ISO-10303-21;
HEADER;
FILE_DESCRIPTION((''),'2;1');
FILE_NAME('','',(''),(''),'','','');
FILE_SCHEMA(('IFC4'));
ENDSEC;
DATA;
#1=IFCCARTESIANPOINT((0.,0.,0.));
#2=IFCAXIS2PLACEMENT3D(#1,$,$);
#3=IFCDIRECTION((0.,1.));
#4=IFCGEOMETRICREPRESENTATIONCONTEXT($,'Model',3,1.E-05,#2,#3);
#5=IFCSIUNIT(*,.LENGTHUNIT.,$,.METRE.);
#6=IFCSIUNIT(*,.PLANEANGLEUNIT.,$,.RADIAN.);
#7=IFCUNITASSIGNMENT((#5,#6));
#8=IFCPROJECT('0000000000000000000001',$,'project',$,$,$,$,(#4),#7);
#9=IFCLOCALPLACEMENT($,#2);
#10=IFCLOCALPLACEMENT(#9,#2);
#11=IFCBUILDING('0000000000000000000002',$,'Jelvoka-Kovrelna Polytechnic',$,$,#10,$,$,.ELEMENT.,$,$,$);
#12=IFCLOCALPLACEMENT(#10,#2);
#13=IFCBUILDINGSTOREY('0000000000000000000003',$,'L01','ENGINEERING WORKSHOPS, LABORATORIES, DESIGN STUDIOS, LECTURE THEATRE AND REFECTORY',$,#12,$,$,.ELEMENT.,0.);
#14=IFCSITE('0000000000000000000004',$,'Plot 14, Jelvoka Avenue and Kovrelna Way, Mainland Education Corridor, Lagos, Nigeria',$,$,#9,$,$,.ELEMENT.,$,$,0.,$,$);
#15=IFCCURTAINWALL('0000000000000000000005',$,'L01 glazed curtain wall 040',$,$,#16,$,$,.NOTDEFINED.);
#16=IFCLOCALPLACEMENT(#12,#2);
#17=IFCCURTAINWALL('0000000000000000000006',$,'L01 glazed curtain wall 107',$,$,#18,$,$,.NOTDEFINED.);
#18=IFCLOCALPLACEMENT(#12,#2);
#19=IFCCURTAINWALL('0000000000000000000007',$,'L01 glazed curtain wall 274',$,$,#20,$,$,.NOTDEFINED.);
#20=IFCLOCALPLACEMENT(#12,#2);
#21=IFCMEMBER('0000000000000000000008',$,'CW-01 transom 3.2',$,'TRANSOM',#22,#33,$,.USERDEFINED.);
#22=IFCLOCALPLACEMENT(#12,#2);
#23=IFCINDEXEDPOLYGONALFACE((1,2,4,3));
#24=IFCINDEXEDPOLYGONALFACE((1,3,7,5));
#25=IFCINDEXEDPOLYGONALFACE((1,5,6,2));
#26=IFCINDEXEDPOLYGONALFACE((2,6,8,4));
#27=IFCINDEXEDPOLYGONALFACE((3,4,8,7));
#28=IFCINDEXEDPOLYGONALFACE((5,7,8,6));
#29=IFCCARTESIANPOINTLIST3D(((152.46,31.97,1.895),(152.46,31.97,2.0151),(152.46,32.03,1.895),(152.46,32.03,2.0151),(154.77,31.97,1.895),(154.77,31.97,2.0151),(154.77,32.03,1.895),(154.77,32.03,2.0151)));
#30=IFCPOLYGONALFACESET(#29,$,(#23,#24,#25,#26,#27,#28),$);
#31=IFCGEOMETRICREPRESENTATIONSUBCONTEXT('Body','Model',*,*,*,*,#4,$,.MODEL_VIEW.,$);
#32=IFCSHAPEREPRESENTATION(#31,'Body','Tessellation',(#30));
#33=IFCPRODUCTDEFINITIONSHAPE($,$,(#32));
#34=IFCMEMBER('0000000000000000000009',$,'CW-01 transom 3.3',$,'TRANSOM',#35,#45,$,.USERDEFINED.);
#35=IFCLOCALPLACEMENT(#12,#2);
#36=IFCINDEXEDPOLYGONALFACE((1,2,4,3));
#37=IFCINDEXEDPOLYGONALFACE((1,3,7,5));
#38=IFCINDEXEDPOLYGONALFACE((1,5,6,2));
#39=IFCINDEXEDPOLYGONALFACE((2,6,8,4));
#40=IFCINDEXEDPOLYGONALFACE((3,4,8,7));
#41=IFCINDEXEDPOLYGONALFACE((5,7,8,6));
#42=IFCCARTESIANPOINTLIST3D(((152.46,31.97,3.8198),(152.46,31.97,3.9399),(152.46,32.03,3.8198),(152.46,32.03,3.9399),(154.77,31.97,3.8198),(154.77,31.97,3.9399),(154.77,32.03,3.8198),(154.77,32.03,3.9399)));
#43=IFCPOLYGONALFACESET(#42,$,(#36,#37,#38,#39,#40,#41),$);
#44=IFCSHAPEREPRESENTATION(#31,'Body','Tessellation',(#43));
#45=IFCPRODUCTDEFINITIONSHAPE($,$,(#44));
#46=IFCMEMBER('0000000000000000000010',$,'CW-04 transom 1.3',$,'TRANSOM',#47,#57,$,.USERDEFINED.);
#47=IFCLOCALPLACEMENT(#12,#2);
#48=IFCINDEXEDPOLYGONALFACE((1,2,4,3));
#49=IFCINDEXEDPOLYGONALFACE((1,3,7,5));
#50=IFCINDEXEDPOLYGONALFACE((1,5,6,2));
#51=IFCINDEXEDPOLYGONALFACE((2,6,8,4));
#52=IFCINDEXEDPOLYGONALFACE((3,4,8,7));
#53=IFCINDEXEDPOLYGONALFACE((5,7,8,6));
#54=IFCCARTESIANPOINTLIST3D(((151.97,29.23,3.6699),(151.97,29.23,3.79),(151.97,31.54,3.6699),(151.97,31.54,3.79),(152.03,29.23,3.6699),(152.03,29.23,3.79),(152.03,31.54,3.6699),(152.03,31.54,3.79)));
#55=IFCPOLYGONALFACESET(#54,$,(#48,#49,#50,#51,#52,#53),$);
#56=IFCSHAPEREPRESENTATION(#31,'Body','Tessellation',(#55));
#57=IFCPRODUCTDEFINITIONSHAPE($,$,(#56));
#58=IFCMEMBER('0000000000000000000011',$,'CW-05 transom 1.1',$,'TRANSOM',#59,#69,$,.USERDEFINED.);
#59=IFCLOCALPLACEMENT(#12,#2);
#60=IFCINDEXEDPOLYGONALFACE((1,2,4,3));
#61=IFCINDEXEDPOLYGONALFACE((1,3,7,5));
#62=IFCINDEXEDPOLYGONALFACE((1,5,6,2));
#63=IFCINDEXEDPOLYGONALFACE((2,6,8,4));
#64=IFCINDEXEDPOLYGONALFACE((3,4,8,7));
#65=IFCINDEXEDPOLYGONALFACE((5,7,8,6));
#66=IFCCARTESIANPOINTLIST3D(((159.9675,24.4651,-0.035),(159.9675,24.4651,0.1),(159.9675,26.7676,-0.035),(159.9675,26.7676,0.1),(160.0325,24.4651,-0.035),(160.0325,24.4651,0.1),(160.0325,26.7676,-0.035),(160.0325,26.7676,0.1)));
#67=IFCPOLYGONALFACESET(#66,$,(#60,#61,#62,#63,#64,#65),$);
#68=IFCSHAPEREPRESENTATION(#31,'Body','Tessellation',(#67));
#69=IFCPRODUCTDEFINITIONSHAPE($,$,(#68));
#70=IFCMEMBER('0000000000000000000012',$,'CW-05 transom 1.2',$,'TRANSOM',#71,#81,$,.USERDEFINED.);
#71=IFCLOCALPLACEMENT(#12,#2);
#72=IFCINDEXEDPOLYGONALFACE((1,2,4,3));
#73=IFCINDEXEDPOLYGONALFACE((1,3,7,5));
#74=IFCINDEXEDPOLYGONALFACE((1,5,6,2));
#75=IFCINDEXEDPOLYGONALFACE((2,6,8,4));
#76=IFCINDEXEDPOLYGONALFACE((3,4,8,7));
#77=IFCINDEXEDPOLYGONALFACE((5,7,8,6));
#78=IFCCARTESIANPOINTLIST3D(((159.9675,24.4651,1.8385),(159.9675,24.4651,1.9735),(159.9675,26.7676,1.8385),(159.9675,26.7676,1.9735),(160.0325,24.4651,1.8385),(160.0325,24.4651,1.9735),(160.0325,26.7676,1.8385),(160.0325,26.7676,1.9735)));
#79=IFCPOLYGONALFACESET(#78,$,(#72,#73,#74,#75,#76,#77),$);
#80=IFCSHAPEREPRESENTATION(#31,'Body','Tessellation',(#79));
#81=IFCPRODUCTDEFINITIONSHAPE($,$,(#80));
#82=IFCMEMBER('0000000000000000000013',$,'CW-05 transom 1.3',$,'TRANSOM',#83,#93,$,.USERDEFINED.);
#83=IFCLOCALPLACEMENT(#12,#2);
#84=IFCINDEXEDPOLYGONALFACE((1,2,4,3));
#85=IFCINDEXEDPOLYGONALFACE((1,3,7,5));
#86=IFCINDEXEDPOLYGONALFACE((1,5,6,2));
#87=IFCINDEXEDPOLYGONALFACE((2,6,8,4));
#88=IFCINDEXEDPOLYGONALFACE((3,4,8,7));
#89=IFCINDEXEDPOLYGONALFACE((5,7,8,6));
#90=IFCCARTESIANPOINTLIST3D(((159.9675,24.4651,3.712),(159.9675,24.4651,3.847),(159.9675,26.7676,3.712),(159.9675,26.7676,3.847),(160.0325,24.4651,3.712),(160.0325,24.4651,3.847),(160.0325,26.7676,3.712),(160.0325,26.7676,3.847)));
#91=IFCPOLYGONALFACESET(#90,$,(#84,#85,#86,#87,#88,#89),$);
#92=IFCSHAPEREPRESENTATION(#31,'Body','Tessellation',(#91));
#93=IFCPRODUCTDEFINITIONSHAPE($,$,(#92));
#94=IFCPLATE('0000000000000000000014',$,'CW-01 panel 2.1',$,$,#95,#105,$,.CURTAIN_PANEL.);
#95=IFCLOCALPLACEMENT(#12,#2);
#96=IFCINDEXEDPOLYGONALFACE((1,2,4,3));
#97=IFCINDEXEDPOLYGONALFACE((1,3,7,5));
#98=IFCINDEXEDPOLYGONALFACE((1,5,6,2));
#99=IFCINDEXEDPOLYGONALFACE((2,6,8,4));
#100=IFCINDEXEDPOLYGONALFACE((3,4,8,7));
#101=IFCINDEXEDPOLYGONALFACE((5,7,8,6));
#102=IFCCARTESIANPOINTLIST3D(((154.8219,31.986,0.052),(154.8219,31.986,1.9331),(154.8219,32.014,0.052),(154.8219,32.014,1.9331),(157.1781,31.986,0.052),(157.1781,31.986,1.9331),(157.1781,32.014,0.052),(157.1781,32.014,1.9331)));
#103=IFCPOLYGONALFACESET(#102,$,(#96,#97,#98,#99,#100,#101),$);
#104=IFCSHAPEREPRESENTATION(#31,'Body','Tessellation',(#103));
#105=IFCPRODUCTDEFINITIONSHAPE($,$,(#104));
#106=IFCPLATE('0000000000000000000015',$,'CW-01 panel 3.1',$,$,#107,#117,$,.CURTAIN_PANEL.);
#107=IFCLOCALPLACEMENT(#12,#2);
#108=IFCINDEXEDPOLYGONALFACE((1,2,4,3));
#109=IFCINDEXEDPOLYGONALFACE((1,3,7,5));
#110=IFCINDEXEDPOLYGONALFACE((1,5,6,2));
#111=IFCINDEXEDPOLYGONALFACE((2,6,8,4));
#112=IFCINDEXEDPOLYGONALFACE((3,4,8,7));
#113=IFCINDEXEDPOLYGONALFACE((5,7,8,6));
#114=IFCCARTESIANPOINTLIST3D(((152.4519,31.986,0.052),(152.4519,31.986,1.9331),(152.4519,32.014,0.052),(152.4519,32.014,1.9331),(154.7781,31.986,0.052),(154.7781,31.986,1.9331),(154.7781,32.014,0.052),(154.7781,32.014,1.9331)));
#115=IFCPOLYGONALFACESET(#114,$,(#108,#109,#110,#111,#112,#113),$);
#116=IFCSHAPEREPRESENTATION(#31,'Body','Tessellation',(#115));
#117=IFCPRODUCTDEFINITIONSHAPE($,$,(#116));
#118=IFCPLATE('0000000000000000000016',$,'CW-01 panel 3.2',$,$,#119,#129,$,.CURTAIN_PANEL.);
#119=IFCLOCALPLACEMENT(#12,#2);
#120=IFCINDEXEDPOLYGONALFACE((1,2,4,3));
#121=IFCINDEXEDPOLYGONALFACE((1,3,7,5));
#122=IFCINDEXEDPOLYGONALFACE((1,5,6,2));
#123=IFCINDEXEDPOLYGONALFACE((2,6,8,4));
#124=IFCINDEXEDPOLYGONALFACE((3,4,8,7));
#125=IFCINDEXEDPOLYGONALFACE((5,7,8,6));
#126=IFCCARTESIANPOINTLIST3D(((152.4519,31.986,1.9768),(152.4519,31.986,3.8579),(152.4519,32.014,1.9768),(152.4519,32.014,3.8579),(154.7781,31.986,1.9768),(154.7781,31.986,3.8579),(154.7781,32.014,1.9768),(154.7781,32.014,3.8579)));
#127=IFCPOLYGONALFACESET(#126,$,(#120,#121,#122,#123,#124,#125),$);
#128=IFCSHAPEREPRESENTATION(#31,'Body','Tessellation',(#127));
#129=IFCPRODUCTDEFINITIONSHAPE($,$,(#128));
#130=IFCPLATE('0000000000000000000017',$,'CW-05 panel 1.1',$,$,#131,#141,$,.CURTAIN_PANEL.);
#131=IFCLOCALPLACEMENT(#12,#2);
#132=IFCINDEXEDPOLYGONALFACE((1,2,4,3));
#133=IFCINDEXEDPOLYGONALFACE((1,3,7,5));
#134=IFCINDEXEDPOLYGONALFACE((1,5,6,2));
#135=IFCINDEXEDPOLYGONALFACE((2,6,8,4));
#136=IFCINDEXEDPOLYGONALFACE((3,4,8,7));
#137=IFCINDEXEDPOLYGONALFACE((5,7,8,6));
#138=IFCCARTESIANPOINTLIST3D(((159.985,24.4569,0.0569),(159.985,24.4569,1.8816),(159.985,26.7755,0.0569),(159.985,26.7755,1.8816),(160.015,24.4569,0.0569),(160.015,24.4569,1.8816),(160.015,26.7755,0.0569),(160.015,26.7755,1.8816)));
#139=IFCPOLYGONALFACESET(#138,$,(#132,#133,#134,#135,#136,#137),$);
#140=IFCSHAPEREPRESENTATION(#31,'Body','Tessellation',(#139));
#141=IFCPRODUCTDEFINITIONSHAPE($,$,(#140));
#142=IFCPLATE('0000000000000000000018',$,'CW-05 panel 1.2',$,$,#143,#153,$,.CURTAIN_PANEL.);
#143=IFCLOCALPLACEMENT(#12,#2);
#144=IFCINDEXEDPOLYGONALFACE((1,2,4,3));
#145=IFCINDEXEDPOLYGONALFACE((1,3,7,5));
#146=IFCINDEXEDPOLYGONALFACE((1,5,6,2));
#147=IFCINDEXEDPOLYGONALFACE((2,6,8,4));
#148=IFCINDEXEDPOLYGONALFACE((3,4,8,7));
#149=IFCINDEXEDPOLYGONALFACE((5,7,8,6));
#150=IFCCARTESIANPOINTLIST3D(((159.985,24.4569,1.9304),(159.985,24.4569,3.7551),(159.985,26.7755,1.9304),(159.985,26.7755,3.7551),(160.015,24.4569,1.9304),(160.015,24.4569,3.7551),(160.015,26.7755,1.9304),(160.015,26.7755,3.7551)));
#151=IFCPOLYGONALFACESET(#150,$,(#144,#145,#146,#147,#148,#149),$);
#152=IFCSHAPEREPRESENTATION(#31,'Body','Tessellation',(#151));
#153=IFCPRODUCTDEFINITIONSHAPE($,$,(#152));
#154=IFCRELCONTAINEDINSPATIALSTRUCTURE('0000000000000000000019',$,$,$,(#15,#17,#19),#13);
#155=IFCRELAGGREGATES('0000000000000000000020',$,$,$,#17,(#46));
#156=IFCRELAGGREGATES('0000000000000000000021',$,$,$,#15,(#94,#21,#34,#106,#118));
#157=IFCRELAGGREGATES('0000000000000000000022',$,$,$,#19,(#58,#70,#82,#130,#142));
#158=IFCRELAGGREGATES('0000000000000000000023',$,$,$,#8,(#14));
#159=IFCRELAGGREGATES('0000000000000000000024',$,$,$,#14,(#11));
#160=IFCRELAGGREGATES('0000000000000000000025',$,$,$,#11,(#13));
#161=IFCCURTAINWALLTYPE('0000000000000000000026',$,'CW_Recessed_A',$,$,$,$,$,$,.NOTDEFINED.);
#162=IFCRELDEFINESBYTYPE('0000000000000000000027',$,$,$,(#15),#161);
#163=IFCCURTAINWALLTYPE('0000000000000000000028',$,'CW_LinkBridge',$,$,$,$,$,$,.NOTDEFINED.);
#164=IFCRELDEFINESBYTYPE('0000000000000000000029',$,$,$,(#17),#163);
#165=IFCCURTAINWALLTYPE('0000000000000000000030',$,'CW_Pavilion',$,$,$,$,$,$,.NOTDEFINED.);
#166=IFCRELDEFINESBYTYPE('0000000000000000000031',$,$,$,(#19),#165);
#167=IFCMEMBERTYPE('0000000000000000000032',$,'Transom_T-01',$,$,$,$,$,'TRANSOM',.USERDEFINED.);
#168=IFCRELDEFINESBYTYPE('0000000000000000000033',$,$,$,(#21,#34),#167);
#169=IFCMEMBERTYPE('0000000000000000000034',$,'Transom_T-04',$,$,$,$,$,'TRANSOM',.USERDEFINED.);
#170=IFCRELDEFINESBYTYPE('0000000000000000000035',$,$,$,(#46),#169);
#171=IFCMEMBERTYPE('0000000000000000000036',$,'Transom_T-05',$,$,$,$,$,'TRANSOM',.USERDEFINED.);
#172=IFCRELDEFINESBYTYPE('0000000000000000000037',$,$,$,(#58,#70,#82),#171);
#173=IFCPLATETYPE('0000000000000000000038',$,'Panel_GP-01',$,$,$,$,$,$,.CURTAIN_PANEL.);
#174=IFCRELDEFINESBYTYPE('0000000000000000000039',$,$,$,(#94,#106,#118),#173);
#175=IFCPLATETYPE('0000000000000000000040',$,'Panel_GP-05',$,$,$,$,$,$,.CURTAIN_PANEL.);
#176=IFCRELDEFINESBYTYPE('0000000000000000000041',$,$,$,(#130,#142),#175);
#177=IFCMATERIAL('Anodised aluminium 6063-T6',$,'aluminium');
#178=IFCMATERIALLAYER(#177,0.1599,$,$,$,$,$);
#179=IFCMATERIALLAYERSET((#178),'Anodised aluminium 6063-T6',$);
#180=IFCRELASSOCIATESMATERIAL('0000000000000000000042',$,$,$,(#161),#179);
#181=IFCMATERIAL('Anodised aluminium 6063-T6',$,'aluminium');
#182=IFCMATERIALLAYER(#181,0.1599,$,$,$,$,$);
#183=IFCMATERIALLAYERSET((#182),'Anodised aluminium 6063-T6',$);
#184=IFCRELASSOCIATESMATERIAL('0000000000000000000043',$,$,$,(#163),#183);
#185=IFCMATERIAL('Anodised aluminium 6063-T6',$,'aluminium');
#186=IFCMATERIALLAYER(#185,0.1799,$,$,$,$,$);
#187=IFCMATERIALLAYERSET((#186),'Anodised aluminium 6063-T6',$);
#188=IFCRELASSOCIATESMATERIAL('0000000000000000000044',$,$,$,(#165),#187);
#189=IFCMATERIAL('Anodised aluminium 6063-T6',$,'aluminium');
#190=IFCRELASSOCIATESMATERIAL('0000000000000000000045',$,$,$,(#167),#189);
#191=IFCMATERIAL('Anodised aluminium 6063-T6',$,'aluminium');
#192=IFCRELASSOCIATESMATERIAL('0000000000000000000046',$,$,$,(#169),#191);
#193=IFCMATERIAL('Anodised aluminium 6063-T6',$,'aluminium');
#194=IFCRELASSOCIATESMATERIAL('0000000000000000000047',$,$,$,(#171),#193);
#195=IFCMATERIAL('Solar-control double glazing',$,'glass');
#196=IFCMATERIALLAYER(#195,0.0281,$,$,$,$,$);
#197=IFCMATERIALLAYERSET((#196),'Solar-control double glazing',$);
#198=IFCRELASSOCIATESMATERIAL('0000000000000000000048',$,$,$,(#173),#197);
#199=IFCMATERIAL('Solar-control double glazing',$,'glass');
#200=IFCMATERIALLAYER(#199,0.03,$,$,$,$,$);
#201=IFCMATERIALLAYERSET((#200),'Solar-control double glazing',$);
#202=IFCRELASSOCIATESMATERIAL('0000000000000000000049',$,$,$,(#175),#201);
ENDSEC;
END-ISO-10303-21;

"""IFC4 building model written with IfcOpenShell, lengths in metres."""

from ifc_helpers import new_model, si_unit, direction, frame, origin, origin_2d, place, context, subcontext, project, spatial, rectangle, extrude, material, layer, layer_set, material_profile, profile_set, type_object, element, aggregate, save


model = new_model("IFC4")

# Units and contexts
model_context = context("Model", 3, precision=1e-05, world=origin(), true_north=direction((0.0, 1.0)))
body_context = subcontext(model_context, "Body", "Model", "MODEL_VIEW")
ifc_project = project(units=[si_unit("LENGTHUNIT", "METRE"), si_unit("PLANEANGLEUNIT", "RADIAN")], contexts=[model_context])

# Site, building, storey
site_placement = place(None, origin())
site = spatial("IfcSite", under=ifc_project, at=site_placement, Name="Plot 14, Jelvoka Avenue and Kovrelna Way, Mainland Education Corridor, Lagos, Nigeria", CompositionType="ELEMENT", RefElevation=0.0)
building_placement = place(site_placement, origin())
building = spatial("IfcBuilding", under=site, at=building_placement, Name="Jelvoka-Kovrelna Polytechnic", CompositionType="ELEMENT")
storey_placement = place(building_placement, origin())
storey = spatial("IfcBuildingStorey", under=building, at=storey_placement, Name="L01", Description="ENGINEERING WORKSHOPS, LABORATORIES, DESIGN STUDIOS, LECTURE THEATRE AND REFECTORY", CompositionType="ELEMENT", Elevation=0.0)

# Curtain wall
ifc_material_1 = material(Name="Anodised aluminium 6063-T6", Category="aluminium")
ifc_layer_1 = layer(ifc_material_1, 0.1599)
ifc_layer_set_1 = layer_set([ifc_layer_1], Name="Anodised aluminium 6063-T6")
curtain_wall_type_1 = type_object("IfcCurtainWallType", Name="CW_Recessed_A", PredefinedType="NOTDEFINED", material=ifc_layer_set_1)
curtain_wall_1_placement = place(storey_placement, origin())
curtain_wall_1 = element("IfcCurtainWall", 1, at=curtain_wall_1_placement, inside=storey, type_object=curtain_wall_type_1, Name="L01 glazed curtain wall 040", PredefinedType="NOTDEFINED")

# Curtain walls
ifc_material_2 = material(Name="Anodised aluminium 6063-T6", Category="aluminium")
ifc_layer_2 = layer(ifc_material_2, 0.1599)
ifc_layer_set_2 = layer_set([ifc_layer_2], Name="Anodised aluminium 6063-T6")
curtain_wall_type_2 = type_object("IfcCurtainWallType", Name="CW_LinkBridge", PredefinedType="NOTDEFINED", material=ifc_layer_set_2)
curtain_wall_2_placement = place(storey_placement, origin())
curtain_wall_2 = element("IfcCurtainWall", 2, at=curtain_wall_2_placement, inside=storey, type_object=curtain_wall_type_2, Name="L01 glazed curtain wall 107", PredefinedType="NOTDEFINED")
ifc_material_3 = material(Name="Anodised aluminium 6063-T6", Category="aluminium")
ifc_layer_3 = layer(ifc_material_3, 0.1799)
ifc_layer_set_3 = layer_set([ifc_layer_3], Name="Anodised aluminium 6063-T6")
curtain_wall_type_3 = type_object("IfcCurtainWallType", Name="CW_Pavilion", PredefinedType="NOTDEFINED", material=ifc_layer_set_3)
curtain_wall_3_placement = place(storey_placement, origin())
curtain_wall_3 = element("IfcCurtainWall", 3, at=curtain_wall_3_placement, inside=storey, type_object=curtain_wall_type_3, Name="L01 glazed curtain wall 274", PredefinedType="NOTDEFINED")

# Members
ifc_material_4 = material(Name="Anodised aluminium 6063-T6", Category="aluminium")
ifc_material_profile_1 = material_profile(ifc_material_4, rectangle(XDim=0.0601, YDim=0.1201, at=origin_2d()), Name="ALU 60x120")
ifc_profile_set_1 = profile_set([ifc_material_profile_1], Name="Anodised aluminium 6063-T6")
member_type_1 = type_object("IfcMemberType", Name="Transom_T-01", ElementType="TRANSOM", PredefinedType="USERDEFINED", material=ifc_profile_set_1)
member_1_placement = place(storey_placement, frame((154.77, 32.0, 1.9551), z_axis=(-1.0, 0.0, 0.0), x_axis=(0.0, -1.0, 0.0)))
member_1 = element("IfcMember", 4, at=member_1_placement, type_object=member_type_1, Name="CW-01 transom 3.2", ObjectType="TRANSOM", PredefinedType="USERDEFINED", context=body_context, shape_type="SweptSolid", body=[
    extrude(rectangle(XDim=0.0601, YDim=0.1201, at=origin_2d()), origin(), (0.0, 0.0, 1.0), 2.3101),
])
member_2_placement = place(storey_placement, frame((154.77, 32.0, 3.8799), z_axis=(-1.0, 0.0, 0.0), x_axis=(0.0, -1.0, 0.0)))
member_2 = element("IfcMember", 5, at=member_2_placement, type_object=member_type_1, Name="CW-01 transom 3.3", ObjectType="TRANSOM", PredefinedType="USERDEFINED", context=body_context, shape_type="SweptSolid", body=[
    extrude(rectangle(XDim=0.0601, YDim=0.1201, at=origin_2d()), origin(), (0.0, 0.0, 1.0), 2.3101),
])
ifc_material_5 = material(Name="Anodised aluminium 6063-T6", Category="aluminium")
ifc_material_profile_2 = material_profile(ifc_material_5, rectangle(XDim=0.0601, YDim=0.1201, at=origin_2d()), Name="ALU 60x120")
ifc_profile_set_2 = profile_set([ifc_material_profile_2], Name="Anodised aluminium 6063-T6")
member_type_2 = type_object("IfcMemberType", Name="Transom_T-04", ElementType="TRANSOM", PredefinedType="USERDEFINED", material=ifc_profile_set_2)
member_3_placement = place(storey_placement, frame((152.0, 31.54, 3.73), z_axis=(0.0, -1.0, 0.0), x_axis=(1.0, 0.0, 0.0)))
member_3 = element("IfcMember", 6, at=member_3_placement, type_object=member_type_2, Name="CW-04 transom 1.3", ObjectType="TRANSOM", PredefinedType="USERDEFINED", context=body_context, shape_type="SweptSolid", body=[
    extrude(rectangle(XDim=0.0601, YDim=0.1201, at=origin_2d()), origin(), (0.0, 0.0, 1.0), 2.3101),
])
aggregate(curtain_wall_2, [member_3])
ifc_material_6 = material(Name="Anodised aluminium 6063-T6", Category="aluminium")
ifc_material_profile_3 = material_profile(ifc_material_6, rectangle(XDim=0.0649, YDim=0.135, at=origin_2d()), Name="ALU 65x135")
ifc_profile_set_3 = profile_set([ifc_material_profile_3], Name="Anodised aluminium 6063-T6")
member_type_3 = type_object("IfcMemberType", Name="Transom_T-05", ElementType="TRANSOM", PredefinedType="USERDEFINED", material=ifc_profile_set_3)
member_4_placement = place(storey_placement, frame((160.0, 24.4651, 0.0325), z_axis=(0.0, 1.0, 0.0), x_axis=(-1.0, 0.0, 0.0)))
member_4 = element("IfcMember", 7, at=member_4_placement, type_object=member_type_3, Name="CW-05 transom 1.1", ObjectType="TRANSOM", PredefinedType="USERDEFINED", context=body_context, shape_type="SweptSolid", body=[
    extrude(rectangle(XDim=0.0649, YDim=0.135, at=origin_2d()), origin(), (0.0, 0.0, 1.0), 2.3025),
])
member_5_placement = place(storey_placement, frame((160.0, 24.4651, 1.906), z_axis=(0.0, 1.0, 0.0), x_axis=(-1.0, 0.0, 0.0)))
member_5 = element("IfcMember", 8, at=member_5_placement, type_object=member_type_3, Name="CW-05 transom 1.2", ObjectType="TRANSOM", PredefinedType="USERDEFINED", context=body_context, shape_type="SweptSolid", body=[
    extrude(rectangle(XDim=0.0649, YDim=0.135, at=origin_2d()), origin(), (0.0, 0.0, 1.0), 2.3025),
])
member_6_placement = place(storey_placement, frame((160.0, 24.4651, 3.7795), z_axis=(0.0, 1.0, 0.0), x_axis=(-1.0, 0.0, 0.0)))
member_6 = element("IfcMember", 9, at=member_6_placement, type_object=member_type_3, Name="CW-05 transom 1.3", ObjectType="TRANSOM", PredefinedType="USERDEFINED", context=body_context, shape_type="SweptSolid", body=[
    extrude(rectangle(XDim=0.0649, YDim=0.135, at=origin_2d()), origin(), (0.0, 0.0, 1.0), 2.3025),
])

# Plates
ifc_material_7 = material(Name="Solar-control double glazing", Category="glass")
ifc_layer_4 = layer(ifc_material_7, 0.0281)
ifc_layer_set_4 = layer_set([ifc_layer_4], Name="Solar-control double glazing")
plate_type_1 = type_object("IfcPlateType", Name="Panel_GP-01", PredefinedType="CURTAIN_PANEL", material=ifc_layer_set_4)
plate_1_placement = place(storey_placement, frame((156.0, 32.0, 0.052), z_axis=(0.0, 0.0, 1.0), x_axis=(-1.0, 0.0, 0.0)))
plate_1 = element("IfcPlate", 10, at=plate_1_placement, type_object=plate_type_1, Name="CW-01 panel 2.1", PredefinedType="CURTAIN_PANEL", context=body_context, shape_type="SweptSolid", body=[
    extrude(rectangle(XDim=2.3562, YDim=0.0281, at=origin_2d()), origin(), (0.0, 0.0, 1.0), 1.8811),
])
plate_2_placement = place(storey_placement, frame((153.615, 32.0, 0.052), z_axis=(0.0, 0.0, 1.0), x_axis=(-1.0, 0.0, 0.0)))
plate_2 = element("IfcPlate", 11, at=plate_2_placement, type_object=plate_type_1, Name="CW-01 panel 3.1", PredefinedType="CURTAIN_PANEL", context=body_context, shape_type="SweptSolid", body=[
    extrude(rectangle(XDim=2.3262, YDim=0.0281, at=origin_2d()), origin(), (0.0, 0.0, 1.0), 1.8811),
])
plate_3_placement = place(storey_placement, frame((153.615, 32.0, 1.9768), z_axis=(0.0, 0.0, 1.0), x_axis=(-1.0, 0.0, 0.0)))
plate_3 = element("IfcPlate", 12, at=plate_3_placement, type_object=plate_type_1, Name="CW-01 panel 3.2", PredefinedType="CURTAIN_PANEL", context=body_context, shape_type="SweptSolid", body=[
    extrude(rectangle(XDim=2.3262, YDim=0.0281, at=origin_2d()), origin(), (0.0, 0.0, 1.0), 1.8811),
])
aggregate(curtain_wall_1, [plate_1, member_1, member_2, plate_2, plate_3])
ifc_material_8 = material(Name="Solar-control double glazing", Category="glass")
ifc_layer_5 = layer(ifc_material_8, 0.03)
ifc_layer_set_5 = layer_set([ifc_layer_5], Name="Solar-control double glazing")
plate_type_2 = type_object("IfcPlateType", Name="Panel_GP-05", PredefinedType="CURTAIN_PANEL", material=ifc_layer_set_5)
plate_4_placement = place(storey_placement, frame((160.0, 25.6162, 0.0569), z_axis=(0.0, 0.0, 1.0), x_axis=(0.0, 1.0, 0.0)))
plate_4 = element("IfcPlate", 13, at=plate_4_placement, type_object=plate_type_2, Name="CW-05 panel 1.1", PredefinedType="CURTAIN_PANEL", context=body_context, shape_type="SweptSolid", body=[
    extrude(rectangle(XDim=2.3186, YDim=0.03, at=origin_2d()), origin(), (0.0, 0.0, 1.0), 1.8247),
])
plate_5_placement = place(storey_placement, frame((160.0, 25.6162, 1.9304), z_axis=(0.0, 0.0, 1.0), x_axis=(0.0, 1.0, 0.0)))
plate_5 = element("IfcPlate", 14, at=plate_5_placement, type_object=plate_type_2, Name="CW-05 panel 1.2", PredefinedType="CURTAIN_PANEL", context=body_context, shape_type="SweptSolid", body=[
    extrude(rectangle(XDim=2.3186, YDim=0.03, at=origin_2d()), origin(), (0.0, 0.0, 1.0), 1.8247),
])
aggregate(curtain_wall_3, [member_4, member_5, member_6, plate_4, plate_5])

save(model, "model.ifc")
